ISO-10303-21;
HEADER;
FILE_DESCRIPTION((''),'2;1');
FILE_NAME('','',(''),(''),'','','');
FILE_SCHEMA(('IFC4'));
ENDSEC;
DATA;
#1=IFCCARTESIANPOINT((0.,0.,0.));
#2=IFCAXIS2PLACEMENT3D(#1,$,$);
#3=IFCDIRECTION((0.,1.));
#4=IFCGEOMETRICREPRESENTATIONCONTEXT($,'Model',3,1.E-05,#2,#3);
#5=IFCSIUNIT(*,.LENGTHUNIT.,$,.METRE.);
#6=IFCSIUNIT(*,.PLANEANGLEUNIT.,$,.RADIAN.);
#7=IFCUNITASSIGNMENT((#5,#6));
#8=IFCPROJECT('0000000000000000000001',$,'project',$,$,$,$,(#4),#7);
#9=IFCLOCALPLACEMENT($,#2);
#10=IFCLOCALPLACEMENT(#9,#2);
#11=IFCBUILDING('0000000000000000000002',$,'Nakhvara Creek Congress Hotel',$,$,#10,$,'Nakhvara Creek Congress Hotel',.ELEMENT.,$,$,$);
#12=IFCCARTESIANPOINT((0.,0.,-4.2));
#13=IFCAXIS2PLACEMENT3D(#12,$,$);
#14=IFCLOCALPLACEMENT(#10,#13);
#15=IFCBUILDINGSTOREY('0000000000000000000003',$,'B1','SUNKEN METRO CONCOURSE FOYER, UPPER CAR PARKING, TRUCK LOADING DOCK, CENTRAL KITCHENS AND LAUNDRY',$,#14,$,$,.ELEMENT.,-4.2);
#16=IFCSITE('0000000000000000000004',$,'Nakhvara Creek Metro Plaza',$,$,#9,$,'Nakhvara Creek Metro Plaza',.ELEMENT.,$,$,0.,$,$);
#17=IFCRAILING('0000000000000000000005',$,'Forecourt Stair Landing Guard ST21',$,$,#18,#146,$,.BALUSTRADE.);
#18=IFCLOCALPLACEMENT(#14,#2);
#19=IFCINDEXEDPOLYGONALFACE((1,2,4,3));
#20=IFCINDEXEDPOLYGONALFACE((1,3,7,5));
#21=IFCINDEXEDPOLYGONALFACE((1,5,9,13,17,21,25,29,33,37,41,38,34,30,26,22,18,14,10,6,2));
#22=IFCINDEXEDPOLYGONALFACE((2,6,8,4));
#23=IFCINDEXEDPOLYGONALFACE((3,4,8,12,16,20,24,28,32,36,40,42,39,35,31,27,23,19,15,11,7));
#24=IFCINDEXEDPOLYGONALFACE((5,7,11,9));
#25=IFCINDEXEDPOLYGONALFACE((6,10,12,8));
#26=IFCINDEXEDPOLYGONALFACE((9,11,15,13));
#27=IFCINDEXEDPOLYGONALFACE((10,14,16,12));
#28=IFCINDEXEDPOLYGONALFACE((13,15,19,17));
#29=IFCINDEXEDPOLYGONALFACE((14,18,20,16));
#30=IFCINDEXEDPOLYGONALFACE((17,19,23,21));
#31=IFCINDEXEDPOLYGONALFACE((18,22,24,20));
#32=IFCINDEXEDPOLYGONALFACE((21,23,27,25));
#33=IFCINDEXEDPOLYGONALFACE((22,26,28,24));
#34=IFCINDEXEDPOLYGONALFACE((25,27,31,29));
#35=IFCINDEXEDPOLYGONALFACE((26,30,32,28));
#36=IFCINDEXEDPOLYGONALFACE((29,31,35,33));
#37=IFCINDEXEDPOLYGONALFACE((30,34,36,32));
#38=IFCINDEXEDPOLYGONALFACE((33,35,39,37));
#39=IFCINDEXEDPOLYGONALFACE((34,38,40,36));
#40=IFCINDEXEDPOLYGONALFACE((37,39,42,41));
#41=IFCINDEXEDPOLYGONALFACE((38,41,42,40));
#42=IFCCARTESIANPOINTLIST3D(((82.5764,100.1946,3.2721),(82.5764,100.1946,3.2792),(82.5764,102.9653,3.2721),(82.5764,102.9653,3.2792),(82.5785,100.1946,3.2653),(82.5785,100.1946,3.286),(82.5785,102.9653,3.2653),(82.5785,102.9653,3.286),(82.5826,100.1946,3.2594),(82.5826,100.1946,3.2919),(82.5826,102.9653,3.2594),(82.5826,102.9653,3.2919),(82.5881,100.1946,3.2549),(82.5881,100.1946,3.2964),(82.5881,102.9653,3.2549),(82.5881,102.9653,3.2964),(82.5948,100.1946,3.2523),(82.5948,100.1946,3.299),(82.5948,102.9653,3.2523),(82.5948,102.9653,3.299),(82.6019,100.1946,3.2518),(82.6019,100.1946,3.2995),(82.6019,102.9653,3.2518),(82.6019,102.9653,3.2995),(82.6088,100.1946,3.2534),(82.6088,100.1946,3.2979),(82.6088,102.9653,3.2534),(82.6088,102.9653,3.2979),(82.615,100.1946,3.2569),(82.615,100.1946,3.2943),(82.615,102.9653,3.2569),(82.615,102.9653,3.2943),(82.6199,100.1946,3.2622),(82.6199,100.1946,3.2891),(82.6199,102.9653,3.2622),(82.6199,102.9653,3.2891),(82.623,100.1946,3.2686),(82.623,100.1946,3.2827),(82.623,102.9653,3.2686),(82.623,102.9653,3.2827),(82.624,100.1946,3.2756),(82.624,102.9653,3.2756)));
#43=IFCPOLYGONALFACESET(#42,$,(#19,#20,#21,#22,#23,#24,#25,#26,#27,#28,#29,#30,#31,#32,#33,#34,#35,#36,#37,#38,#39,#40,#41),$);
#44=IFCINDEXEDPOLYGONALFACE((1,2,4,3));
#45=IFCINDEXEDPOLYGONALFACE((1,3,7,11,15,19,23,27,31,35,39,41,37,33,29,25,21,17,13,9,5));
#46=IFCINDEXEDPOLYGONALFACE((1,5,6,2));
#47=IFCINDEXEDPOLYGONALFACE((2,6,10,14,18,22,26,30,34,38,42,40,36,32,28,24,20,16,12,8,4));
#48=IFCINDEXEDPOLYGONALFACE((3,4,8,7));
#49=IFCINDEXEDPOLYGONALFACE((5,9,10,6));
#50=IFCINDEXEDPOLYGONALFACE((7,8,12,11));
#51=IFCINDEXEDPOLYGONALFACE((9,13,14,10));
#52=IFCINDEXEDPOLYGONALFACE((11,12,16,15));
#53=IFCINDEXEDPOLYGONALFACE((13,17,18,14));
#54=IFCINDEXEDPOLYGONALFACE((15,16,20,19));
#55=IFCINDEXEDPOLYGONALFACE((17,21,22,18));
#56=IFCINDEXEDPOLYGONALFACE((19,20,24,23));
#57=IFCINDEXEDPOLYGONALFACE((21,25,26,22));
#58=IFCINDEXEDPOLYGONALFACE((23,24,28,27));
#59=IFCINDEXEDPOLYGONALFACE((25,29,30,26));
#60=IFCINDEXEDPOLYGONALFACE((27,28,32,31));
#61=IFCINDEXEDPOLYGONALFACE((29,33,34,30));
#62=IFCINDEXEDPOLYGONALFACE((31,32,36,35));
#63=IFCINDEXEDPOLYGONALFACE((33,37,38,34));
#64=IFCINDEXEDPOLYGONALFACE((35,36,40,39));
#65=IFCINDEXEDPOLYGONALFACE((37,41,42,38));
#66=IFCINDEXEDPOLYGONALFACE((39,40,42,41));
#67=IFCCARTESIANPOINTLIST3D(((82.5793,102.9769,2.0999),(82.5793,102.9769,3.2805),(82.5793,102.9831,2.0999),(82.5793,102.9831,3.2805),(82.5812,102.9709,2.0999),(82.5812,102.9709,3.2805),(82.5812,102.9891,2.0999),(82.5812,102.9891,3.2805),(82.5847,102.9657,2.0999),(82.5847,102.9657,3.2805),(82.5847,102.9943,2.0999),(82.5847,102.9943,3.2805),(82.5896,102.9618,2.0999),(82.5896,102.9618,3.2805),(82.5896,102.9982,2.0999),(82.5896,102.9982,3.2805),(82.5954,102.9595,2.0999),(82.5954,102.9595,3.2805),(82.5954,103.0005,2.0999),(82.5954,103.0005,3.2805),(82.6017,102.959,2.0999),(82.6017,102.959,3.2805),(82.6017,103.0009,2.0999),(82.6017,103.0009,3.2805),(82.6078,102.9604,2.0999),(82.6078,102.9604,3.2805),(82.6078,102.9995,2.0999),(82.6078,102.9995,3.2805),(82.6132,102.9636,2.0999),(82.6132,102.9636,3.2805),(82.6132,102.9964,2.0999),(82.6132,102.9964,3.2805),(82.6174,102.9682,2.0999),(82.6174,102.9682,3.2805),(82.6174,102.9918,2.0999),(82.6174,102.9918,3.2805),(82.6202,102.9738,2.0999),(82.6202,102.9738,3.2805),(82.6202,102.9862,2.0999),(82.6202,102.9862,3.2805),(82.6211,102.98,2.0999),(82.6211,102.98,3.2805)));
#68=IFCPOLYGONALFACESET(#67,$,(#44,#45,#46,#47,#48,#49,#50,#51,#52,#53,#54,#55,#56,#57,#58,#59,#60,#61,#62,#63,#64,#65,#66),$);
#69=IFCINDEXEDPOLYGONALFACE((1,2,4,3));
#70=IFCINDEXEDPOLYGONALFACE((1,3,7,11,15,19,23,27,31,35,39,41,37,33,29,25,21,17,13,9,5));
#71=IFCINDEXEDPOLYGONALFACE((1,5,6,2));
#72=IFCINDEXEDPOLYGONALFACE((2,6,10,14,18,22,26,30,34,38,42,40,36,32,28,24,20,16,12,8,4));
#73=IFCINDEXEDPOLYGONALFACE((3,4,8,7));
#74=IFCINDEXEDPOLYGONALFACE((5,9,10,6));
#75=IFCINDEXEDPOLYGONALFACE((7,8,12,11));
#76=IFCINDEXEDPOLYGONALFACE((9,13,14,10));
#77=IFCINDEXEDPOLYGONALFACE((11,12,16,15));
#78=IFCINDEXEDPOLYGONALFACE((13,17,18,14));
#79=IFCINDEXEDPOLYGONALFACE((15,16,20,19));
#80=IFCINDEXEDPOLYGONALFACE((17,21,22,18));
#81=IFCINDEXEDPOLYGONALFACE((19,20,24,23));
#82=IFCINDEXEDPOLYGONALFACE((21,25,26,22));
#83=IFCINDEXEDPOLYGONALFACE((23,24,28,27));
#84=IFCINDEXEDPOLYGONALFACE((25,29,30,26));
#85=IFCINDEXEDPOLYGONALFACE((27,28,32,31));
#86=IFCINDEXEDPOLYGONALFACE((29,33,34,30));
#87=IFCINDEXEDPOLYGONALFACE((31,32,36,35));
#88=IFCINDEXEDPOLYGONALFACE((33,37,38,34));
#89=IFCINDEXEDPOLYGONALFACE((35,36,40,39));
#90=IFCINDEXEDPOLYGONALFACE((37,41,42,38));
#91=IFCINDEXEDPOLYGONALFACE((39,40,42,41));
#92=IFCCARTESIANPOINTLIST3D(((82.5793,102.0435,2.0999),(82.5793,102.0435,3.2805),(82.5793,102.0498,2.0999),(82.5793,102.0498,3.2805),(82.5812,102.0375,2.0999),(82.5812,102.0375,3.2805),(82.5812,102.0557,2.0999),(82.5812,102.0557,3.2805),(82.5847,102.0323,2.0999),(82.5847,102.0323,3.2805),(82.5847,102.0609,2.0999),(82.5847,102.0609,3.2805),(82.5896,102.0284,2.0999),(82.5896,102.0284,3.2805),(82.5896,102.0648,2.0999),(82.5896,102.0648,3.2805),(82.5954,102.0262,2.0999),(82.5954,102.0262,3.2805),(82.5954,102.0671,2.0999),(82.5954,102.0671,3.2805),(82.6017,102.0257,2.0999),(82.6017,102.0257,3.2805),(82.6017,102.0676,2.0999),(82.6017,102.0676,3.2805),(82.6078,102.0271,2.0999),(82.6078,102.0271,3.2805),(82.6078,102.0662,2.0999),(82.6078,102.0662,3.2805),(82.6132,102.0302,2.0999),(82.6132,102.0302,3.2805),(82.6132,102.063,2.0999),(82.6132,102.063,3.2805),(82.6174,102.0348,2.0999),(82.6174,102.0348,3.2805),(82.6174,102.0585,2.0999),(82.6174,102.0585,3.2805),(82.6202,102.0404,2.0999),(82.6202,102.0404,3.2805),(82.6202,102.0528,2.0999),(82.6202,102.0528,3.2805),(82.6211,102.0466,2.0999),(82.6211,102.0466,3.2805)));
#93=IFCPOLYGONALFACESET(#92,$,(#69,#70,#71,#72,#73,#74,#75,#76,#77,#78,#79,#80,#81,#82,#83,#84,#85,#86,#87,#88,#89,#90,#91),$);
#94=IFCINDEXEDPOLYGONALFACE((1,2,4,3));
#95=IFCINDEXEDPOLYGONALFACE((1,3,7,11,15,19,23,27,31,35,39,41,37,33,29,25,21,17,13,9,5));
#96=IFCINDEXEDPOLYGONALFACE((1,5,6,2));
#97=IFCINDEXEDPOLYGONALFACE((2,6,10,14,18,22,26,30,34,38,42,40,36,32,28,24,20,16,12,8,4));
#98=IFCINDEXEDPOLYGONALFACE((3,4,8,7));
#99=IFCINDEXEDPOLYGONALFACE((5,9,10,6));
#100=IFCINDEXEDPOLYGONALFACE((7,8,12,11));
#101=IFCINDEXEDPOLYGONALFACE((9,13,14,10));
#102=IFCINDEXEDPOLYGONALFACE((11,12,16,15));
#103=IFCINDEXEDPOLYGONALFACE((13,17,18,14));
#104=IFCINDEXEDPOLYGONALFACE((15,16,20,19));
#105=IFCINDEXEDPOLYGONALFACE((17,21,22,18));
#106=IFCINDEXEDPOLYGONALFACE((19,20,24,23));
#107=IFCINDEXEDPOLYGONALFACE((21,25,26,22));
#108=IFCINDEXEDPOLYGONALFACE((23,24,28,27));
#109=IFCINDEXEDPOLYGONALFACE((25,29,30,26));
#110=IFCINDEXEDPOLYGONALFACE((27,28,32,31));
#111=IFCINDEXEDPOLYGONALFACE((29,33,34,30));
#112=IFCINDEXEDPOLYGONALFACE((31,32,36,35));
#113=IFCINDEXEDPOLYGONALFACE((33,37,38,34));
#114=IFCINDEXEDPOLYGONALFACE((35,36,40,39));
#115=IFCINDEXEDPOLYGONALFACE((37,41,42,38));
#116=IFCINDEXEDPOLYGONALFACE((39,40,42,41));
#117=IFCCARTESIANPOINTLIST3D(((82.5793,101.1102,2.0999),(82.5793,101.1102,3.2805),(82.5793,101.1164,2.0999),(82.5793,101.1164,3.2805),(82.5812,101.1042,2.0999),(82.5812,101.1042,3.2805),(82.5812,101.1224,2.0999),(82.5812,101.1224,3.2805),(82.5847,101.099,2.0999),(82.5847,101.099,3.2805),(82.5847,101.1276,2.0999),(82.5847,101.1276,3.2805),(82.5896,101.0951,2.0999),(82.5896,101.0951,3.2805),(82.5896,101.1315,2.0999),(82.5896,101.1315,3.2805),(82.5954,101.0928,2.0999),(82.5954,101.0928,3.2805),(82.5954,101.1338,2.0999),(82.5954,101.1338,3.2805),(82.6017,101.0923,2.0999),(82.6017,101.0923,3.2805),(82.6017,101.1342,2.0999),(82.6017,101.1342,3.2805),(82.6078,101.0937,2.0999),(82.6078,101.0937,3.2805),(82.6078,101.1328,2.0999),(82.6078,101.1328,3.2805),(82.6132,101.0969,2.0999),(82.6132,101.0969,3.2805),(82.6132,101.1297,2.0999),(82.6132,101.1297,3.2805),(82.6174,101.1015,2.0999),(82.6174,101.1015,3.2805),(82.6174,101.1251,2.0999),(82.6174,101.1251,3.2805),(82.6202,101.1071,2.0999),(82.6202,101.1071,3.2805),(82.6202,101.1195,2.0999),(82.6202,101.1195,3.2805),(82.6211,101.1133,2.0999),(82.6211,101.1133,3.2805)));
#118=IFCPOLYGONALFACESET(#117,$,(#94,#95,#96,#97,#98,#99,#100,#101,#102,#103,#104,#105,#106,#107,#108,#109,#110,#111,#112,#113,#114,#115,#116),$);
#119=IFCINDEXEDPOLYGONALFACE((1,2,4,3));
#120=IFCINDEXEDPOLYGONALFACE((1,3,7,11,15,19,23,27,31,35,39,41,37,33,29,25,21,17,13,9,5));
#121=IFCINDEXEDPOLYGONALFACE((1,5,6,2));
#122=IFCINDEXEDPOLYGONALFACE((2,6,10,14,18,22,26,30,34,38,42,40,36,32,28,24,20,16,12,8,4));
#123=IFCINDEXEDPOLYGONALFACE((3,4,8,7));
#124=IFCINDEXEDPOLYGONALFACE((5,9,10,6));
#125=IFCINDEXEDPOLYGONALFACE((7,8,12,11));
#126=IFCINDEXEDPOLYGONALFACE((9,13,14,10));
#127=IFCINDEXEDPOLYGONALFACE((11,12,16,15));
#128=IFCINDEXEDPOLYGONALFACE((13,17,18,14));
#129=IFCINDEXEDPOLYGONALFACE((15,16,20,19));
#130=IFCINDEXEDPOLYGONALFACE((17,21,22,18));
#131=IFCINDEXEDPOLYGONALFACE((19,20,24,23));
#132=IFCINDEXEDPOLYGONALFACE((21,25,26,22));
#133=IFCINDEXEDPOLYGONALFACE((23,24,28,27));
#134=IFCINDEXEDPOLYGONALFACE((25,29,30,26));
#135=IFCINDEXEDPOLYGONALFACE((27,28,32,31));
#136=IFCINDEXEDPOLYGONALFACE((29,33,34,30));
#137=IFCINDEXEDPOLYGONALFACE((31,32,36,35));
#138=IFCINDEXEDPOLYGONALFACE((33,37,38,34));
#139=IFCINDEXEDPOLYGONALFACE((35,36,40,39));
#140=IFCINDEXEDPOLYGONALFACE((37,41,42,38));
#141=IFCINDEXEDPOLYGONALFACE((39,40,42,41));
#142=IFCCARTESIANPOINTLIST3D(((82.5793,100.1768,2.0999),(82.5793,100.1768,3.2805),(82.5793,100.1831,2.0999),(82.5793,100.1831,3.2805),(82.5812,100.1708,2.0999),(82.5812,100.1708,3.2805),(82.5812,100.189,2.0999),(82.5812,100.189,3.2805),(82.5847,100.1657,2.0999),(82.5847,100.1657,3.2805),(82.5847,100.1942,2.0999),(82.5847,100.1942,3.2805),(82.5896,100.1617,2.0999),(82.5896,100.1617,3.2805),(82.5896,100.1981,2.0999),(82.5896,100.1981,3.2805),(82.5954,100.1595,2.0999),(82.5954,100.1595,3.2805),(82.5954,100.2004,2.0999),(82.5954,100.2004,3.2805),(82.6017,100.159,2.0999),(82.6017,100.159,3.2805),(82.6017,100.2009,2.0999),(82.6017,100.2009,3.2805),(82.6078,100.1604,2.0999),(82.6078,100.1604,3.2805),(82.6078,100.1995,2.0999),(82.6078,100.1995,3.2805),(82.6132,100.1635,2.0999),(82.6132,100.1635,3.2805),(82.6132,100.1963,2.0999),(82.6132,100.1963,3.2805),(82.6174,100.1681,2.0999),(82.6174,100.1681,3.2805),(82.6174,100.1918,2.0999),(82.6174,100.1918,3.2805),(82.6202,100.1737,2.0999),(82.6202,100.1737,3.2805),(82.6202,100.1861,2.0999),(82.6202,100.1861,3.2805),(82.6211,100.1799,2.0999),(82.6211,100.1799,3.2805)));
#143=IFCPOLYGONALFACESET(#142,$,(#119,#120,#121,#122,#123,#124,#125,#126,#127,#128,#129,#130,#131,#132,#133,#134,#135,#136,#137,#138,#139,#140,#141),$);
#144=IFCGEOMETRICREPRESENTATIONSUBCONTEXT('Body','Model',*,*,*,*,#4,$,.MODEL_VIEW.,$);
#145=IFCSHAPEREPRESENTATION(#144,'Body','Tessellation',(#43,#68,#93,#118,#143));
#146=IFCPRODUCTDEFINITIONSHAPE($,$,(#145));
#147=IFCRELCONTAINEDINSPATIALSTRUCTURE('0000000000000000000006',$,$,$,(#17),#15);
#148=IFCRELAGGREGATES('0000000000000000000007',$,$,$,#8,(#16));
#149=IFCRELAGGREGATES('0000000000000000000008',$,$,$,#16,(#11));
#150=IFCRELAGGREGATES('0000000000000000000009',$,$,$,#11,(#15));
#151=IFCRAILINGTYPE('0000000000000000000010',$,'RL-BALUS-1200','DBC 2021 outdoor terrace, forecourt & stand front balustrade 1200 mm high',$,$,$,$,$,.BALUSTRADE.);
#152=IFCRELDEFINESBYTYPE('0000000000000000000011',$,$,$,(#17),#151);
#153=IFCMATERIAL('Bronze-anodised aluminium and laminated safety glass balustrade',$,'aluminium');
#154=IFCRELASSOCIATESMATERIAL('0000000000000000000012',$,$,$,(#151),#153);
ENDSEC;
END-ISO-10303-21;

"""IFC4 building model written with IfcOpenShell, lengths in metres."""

from ifc_helpers import new_model, si_unit, direction, frame, origin, origin_2d, place, context, subcontext, project, spatial, circle, extrude, material, type_object, element, save


model = new_model("IFC4")

# Units and contexts
model_context = context("Model", 3, precision=1e-05, world=origin(), true_north=direction((0.0, 1.0)))
body_context = subcontext(model_context, "Body", "Model", "MODEL_VIEW")
ifc_project = project(units=[si_unit("LENGTHUNIT", "METRE"), si_unit("PLANEANGLEUNIT", "RADIAN")], contexts=[model_context])

# Site, building, storey
site_placement = place(None, origin())
site = spatial("IfcSite", under=ifc_project, at=site_placement, Name="Nakhvara Creek Metro Plaza", LongName="Nakhvara Creek Metro Plaza", CompositionType="ELEMENT", RefElevation=0.0)
building_placement = place(site_placement, origin())
building = spatial("IfcBuilding", under=site, at=building_placement, Name="Nakhvara Creek Congress Hotel", LongName="Nakhvara Creek Congress Hotel", CompositionType="ELEMENT")
storey_placement = place(building_placement, frame((0.0, 0.0, -4.2)))
storey = spatial("IfcBuildingStorey", under=building, at=storey_placement, Name="B1", Description="SUNKEN METRO CONCOURSE FOYER, UPPER CAR PARKING, TRUCK LOADING DOCK, CENTRAL KITCHENS AND LAUNDRY", CompositionType="ELEMENT", Elevation=-4.2)

# Railing
ifc_material_1 = material(Name="Bronze-anodised aluminium and laminated safety glass balustrade", Category="aluminium")
railing_type_1 = type_object("IfcRailingType", Name="RL-BALUS-1200", Description="DBC 2021 outdoor terrace, forecourt & stand front balustrade 1200 mm high", PredefinedType="BALUSTRADE", material=ifc_material_1)
for number, where, name in (
    (1, (82.6001, 102.98, 2.0999), "Forecourt Stair Landing Guard ST21"),
):
    element("IfcRailing", number, at=place(storey_placement, frame(where)), inside=storey, type_object=railing_type_1, Name=name, PredefinedType="BALUSTRADE", context=body_context, shape_type="SweptSolid", body=[
        extrude(circle(Radius=0.0239, at=origin_2d()), frame((0.0, -0.0146, 1.1758), z_axis=(0.0, -1.0, 0.0), x_axis=(1.0, 0.0, 0.0)), (0.0, 0.0, 1.0), 2.7708),
        extrude(circle(Radius=0.021, at=origin_2d()), origin(), (0.0, 0.0, 1.0), 1.1807),
        extrude(circle(Radius=0.021, at=origin_2d()), frame((0.0, -0.9333, 0.0)), (0.0, 0.0, 1.0), 1.1807),
        extrude(circle(Radius=0.021, at=origin_2d()), frame((0.0, -1.8667, 0.0)), (0.0, 0.0, 1.0), 1.1807),
        extrude(circle(Radius=0.021, at=origin_2d()), frame((0.0, -2.8, 0.0)), (0.0, 0.0, 1.0), 1.1807),
    ])

save(model, "model.ifc")
